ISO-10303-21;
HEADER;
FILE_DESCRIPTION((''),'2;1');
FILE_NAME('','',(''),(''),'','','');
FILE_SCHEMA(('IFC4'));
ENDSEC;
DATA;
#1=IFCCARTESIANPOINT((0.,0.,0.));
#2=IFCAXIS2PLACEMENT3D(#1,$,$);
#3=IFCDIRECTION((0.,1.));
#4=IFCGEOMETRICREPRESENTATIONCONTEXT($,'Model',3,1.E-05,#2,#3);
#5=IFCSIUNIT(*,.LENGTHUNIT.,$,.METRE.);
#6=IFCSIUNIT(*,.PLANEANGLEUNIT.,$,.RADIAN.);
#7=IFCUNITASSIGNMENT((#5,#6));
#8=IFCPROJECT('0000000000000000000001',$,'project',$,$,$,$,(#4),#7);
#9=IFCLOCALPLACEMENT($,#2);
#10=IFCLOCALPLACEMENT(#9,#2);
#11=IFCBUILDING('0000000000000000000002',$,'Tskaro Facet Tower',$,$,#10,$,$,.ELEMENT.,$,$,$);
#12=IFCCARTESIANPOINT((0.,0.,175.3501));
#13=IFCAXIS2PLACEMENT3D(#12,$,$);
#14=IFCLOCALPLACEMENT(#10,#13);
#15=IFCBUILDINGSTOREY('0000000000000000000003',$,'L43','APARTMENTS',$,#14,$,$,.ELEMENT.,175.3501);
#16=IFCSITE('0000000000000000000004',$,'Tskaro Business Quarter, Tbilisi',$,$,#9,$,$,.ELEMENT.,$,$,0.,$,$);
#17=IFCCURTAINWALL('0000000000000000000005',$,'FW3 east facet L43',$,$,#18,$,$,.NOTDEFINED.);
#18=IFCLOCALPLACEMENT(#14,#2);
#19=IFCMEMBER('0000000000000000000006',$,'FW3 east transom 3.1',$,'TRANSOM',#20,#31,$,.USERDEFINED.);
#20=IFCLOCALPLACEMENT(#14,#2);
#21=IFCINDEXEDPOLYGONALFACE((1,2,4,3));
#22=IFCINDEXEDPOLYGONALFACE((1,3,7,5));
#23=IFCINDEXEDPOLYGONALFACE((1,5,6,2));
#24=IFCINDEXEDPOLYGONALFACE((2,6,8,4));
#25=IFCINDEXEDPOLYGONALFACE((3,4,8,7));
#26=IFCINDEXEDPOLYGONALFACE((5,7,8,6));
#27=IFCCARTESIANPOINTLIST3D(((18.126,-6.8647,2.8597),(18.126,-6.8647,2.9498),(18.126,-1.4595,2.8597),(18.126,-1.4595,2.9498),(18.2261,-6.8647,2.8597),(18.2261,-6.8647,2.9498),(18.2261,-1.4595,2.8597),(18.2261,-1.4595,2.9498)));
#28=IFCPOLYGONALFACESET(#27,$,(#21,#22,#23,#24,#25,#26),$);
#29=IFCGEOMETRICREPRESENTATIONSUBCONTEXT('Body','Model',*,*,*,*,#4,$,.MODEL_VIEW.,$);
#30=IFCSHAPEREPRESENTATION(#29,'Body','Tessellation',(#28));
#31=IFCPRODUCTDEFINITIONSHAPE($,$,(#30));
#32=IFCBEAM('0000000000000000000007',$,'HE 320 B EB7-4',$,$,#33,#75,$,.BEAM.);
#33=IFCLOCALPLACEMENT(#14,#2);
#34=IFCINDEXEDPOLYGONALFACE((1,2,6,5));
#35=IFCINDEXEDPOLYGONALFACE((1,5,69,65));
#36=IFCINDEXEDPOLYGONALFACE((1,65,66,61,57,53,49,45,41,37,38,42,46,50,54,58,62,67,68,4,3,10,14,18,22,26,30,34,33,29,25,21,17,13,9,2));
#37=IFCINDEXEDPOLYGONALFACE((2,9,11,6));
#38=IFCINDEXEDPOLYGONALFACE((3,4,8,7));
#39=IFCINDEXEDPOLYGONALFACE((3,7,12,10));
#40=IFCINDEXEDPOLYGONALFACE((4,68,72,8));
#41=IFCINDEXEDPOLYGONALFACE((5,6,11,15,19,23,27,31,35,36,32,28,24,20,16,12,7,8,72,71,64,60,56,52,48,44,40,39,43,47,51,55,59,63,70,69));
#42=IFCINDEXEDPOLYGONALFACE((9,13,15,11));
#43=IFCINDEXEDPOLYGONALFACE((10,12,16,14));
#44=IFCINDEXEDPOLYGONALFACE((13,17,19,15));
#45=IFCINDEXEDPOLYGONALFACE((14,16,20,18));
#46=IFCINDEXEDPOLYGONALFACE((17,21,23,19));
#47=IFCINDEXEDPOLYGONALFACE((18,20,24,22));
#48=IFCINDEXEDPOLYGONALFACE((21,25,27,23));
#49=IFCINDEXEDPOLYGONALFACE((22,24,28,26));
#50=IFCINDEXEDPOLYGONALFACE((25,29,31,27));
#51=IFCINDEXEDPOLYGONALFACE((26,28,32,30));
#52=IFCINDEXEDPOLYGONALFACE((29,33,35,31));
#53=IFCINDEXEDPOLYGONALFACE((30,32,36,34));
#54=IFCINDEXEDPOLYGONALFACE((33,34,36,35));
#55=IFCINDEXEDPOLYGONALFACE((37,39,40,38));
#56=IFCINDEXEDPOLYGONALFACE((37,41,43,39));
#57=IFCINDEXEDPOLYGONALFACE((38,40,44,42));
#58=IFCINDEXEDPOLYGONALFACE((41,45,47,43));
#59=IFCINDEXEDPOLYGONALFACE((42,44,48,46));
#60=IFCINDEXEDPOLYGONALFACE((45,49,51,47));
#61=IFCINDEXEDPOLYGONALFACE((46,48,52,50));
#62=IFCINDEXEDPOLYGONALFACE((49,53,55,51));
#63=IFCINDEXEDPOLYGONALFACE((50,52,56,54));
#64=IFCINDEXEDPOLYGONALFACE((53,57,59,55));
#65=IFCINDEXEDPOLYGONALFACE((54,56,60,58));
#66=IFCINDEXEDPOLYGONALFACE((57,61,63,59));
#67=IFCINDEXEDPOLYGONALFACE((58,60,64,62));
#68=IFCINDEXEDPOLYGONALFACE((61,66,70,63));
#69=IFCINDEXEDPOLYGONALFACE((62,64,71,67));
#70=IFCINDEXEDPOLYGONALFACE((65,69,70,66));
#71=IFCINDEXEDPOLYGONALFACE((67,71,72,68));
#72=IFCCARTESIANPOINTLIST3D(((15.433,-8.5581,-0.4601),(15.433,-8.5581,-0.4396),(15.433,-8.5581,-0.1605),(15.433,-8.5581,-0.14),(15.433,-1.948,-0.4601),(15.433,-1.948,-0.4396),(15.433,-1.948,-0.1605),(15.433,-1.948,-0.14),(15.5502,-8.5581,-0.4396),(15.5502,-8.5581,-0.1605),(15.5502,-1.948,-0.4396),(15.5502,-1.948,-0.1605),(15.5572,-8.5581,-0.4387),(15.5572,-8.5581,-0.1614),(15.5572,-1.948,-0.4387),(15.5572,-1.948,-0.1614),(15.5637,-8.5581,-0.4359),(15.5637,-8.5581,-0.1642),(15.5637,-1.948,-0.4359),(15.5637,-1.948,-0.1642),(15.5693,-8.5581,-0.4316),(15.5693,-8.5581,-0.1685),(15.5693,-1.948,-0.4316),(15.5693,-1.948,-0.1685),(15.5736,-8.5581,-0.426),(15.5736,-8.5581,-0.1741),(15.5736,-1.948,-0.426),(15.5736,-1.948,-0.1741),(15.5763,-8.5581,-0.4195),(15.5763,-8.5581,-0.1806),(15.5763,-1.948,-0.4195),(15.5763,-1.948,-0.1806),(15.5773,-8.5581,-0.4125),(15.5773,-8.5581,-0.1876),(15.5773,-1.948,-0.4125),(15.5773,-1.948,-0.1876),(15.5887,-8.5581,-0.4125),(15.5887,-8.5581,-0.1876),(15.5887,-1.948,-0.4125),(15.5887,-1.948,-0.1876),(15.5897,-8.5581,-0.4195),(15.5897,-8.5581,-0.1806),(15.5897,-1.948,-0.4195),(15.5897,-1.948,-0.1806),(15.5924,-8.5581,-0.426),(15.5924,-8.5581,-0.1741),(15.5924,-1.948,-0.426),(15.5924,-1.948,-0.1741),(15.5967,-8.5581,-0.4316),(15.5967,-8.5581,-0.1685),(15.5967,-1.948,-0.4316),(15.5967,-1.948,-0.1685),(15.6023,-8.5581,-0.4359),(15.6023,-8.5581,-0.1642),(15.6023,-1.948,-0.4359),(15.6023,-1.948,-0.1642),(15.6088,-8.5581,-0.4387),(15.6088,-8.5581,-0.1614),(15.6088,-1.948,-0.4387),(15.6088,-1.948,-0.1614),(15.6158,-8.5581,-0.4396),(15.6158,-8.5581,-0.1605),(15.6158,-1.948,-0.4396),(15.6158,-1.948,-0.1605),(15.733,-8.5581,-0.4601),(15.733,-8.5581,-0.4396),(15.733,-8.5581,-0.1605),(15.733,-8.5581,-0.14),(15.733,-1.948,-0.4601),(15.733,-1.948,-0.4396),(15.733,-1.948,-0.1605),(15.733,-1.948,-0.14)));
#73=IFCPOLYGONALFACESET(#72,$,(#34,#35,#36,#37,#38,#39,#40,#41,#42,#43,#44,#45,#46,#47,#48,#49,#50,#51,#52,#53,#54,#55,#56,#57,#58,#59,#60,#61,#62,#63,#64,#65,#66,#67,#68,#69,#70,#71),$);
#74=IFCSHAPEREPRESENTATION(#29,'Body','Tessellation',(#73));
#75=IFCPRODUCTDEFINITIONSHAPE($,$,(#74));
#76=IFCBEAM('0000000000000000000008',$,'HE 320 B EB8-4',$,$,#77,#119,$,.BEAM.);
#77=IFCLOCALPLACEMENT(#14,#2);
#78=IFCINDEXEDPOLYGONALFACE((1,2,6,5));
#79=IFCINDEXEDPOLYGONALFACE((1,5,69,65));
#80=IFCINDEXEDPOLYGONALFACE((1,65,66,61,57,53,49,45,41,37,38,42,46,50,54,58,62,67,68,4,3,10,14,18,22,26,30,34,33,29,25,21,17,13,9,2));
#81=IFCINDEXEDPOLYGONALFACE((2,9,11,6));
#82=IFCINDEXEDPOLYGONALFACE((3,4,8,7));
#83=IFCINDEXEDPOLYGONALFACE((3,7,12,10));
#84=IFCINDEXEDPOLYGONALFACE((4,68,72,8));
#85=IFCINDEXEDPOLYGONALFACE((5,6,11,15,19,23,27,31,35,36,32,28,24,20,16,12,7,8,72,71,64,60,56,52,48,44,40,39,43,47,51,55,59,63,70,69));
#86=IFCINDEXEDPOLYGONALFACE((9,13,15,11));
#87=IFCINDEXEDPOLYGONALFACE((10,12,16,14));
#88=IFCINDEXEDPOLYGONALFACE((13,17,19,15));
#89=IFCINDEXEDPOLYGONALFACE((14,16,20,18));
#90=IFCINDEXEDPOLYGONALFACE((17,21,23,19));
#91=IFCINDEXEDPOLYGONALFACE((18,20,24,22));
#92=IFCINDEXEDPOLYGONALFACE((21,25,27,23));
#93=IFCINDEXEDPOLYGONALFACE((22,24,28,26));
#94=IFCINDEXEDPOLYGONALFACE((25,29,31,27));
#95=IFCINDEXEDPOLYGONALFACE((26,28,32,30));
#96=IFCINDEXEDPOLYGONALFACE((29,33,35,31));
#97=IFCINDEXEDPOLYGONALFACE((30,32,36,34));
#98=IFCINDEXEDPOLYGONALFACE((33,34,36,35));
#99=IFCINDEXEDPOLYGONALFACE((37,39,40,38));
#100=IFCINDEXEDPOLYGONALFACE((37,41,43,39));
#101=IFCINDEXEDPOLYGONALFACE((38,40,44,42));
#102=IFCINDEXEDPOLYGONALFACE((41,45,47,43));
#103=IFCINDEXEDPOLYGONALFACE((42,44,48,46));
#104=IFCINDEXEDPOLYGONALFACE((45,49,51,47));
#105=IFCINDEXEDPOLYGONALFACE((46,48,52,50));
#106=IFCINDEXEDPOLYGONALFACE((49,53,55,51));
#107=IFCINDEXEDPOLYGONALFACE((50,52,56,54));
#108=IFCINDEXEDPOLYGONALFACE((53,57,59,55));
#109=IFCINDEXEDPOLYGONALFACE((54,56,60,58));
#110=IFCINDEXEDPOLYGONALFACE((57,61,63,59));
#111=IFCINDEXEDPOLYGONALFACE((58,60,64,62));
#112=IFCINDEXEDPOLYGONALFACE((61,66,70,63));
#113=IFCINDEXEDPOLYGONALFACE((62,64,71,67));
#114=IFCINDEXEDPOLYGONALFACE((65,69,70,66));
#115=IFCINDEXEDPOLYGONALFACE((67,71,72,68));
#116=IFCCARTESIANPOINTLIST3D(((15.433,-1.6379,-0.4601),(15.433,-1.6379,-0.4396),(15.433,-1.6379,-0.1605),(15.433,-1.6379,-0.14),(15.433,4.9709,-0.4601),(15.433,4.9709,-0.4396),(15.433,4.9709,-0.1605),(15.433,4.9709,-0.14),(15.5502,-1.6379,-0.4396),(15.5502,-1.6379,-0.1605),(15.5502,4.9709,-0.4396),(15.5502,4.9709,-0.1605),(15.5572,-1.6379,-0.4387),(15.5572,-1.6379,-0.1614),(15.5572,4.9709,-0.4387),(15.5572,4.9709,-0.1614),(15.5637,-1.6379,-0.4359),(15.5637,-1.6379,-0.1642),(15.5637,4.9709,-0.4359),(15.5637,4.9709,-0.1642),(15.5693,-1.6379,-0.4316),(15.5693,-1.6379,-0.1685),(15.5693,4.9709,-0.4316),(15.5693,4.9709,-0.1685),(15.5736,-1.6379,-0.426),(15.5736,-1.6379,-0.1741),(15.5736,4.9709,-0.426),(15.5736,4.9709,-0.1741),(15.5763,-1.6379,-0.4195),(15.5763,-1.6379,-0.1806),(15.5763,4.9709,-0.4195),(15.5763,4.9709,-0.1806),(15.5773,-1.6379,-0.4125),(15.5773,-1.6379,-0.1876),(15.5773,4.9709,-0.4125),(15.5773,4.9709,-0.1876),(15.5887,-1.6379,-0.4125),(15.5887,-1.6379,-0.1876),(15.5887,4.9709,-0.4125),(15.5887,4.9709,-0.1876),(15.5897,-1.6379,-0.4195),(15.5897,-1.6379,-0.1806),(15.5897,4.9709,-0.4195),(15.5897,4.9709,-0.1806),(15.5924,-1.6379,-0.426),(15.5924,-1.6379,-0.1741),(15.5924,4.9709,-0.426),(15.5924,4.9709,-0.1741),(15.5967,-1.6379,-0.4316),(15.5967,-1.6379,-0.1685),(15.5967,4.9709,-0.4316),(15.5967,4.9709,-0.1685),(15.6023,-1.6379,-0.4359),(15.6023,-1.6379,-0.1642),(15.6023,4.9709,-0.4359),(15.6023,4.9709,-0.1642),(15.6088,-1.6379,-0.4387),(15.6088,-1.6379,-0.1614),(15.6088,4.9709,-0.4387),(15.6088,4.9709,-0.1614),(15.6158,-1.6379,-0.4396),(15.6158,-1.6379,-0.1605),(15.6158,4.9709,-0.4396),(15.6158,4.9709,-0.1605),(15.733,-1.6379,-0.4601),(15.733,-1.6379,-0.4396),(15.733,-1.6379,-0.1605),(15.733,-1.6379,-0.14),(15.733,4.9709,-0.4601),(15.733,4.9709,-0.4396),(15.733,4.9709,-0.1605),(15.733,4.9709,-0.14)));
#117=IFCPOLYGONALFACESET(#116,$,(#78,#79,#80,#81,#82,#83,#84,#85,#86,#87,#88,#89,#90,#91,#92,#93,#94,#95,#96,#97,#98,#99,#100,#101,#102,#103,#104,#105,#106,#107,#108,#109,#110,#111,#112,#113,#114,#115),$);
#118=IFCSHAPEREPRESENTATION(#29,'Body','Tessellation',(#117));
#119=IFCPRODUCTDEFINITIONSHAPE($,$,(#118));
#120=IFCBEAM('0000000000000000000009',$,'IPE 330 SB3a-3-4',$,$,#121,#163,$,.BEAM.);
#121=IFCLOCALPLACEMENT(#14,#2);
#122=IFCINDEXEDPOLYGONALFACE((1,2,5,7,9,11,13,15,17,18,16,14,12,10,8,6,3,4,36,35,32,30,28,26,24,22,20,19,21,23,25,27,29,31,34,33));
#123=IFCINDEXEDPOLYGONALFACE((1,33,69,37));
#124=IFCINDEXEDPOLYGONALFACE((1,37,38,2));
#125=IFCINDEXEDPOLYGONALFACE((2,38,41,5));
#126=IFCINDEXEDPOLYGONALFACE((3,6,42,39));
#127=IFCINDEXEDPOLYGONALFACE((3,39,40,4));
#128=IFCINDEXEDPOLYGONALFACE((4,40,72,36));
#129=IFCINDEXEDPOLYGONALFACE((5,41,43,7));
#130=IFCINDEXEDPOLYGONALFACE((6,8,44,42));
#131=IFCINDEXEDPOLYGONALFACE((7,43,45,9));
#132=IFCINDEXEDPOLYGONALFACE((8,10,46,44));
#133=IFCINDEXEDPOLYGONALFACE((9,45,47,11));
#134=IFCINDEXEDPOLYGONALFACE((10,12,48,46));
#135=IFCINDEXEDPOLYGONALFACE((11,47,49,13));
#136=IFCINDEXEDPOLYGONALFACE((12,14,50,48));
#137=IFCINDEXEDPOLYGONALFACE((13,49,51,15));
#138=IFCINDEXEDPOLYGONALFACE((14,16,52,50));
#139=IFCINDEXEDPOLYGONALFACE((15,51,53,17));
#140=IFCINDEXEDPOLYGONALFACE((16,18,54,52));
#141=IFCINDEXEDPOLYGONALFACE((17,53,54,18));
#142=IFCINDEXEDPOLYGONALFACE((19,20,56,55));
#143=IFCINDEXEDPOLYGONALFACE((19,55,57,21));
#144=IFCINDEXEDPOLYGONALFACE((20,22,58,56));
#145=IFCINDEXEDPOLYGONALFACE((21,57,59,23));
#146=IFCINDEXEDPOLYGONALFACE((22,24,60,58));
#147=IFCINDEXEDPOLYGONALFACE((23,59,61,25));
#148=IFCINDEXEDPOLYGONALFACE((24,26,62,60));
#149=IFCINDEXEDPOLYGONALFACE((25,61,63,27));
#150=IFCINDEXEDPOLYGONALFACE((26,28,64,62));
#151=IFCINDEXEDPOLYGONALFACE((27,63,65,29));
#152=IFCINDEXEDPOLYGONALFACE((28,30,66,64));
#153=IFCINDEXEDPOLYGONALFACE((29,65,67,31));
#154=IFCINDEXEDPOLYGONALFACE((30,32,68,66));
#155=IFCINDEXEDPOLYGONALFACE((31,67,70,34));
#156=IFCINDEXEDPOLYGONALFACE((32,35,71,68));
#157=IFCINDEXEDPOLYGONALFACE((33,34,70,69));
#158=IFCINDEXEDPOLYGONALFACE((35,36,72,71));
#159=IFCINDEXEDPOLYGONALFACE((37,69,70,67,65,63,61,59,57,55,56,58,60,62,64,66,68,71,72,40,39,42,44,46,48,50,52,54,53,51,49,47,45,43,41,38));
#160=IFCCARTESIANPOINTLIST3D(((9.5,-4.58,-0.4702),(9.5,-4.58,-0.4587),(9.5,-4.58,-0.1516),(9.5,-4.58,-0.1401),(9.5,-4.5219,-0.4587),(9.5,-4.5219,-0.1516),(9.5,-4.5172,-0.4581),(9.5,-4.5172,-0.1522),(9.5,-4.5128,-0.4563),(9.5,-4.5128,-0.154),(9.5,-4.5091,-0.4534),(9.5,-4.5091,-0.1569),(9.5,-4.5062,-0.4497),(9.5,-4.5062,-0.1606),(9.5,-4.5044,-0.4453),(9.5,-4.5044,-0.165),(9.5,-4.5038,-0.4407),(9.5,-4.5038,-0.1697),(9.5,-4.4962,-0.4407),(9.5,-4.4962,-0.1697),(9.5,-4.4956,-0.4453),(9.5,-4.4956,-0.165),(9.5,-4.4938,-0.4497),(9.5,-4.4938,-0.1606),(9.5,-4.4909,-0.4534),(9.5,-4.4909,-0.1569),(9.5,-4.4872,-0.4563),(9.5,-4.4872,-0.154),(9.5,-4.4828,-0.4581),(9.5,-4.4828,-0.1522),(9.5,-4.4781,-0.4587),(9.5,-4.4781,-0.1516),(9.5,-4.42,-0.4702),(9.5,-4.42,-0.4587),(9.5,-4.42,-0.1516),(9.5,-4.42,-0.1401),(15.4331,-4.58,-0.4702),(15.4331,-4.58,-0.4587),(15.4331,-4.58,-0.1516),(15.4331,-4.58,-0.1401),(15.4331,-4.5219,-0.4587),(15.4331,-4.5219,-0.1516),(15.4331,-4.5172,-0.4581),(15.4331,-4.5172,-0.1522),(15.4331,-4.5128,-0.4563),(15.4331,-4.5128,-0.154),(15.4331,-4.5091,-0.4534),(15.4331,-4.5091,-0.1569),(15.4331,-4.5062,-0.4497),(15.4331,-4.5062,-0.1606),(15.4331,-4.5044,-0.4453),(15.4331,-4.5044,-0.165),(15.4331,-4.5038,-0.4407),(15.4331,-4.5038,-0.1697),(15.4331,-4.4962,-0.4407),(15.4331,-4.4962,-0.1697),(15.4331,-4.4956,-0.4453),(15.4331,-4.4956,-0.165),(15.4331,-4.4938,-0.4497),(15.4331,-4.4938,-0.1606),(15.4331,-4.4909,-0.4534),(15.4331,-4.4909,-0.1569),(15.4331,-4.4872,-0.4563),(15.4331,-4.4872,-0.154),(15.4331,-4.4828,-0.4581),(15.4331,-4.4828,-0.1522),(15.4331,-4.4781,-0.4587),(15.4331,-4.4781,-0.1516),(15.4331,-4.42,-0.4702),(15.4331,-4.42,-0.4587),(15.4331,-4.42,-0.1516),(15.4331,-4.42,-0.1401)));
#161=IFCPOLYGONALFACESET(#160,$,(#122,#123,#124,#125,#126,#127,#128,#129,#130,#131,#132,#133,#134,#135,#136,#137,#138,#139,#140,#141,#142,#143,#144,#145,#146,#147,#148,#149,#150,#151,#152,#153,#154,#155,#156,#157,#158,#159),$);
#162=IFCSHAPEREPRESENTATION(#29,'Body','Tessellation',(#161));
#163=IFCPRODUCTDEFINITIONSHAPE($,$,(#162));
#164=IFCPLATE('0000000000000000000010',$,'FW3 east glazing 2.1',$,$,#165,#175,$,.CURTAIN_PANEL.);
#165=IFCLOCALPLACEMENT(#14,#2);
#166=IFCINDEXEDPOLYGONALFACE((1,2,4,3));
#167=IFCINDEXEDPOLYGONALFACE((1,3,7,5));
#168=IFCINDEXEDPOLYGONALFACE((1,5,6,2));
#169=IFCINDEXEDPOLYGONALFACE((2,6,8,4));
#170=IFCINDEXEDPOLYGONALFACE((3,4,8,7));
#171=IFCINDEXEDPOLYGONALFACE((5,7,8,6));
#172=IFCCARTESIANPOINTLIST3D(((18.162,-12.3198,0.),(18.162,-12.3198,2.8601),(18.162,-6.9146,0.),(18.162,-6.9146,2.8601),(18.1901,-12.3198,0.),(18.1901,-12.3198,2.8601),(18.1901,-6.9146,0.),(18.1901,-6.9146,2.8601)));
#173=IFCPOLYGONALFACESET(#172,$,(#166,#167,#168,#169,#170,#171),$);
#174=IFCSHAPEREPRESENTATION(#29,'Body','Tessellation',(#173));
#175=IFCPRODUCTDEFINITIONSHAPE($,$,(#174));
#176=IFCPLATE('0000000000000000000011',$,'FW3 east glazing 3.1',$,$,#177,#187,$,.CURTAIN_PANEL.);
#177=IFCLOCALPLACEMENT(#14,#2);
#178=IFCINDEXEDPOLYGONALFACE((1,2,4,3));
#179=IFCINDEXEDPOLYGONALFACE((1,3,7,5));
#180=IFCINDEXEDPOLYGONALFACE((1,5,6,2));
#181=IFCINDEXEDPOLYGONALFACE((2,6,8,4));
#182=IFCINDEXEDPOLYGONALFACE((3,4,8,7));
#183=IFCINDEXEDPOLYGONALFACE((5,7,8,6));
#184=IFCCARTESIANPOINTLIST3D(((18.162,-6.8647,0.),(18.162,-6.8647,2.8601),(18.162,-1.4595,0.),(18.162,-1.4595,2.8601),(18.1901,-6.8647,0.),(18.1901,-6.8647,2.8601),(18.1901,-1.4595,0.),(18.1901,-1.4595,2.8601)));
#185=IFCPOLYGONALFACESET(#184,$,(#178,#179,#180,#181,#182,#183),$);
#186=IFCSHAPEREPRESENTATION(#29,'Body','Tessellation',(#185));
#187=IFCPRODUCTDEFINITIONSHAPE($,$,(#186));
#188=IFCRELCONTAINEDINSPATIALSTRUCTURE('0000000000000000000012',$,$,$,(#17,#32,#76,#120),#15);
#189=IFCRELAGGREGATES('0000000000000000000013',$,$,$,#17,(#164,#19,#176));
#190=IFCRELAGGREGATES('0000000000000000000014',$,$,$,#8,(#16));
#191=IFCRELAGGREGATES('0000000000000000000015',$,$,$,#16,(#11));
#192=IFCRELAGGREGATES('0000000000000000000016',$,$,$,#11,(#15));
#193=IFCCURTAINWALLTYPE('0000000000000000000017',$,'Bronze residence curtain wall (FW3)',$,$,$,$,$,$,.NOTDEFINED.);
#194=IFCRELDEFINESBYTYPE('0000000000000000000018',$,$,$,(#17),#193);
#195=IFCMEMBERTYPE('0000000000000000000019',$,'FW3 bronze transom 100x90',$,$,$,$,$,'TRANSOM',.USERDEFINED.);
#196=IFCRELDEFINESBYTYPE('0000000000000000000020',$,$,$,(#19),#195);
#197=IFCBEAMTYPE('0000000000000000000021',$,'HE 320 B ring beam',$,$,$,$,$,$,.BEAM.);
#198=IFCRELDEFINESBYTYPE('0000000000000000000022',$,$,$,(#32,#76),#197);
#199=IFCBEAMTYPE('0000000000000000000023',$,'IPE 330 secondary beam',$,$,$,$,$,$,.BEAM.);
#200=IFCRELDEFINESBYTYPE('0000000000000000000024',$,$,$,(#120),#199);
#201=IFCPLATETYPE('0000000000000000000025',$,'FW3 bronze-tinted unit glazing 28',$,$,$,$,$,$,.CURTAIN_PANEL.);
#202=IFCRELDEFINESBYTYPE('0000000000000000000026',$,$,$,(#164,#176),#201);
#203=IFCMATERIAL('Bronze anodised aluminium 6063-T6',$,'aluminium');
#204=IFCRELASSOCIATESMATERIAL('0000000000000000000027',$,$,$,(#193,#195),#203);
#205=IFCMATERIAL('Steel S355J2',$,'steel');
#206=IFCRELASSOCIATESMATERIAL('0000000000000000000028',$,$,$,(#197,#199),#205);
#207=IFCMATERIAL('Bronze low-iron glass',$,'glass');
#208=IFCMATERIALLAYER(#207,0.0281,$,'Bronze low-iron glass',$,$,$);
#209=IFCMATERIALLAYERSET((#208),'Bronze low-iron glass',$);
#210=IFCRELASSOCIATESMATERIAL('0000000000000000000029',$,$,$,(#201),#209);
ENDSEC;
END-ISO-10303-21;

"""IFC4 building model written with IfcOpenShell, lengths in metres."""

from ifc_helpers import new_model, si_unit, direction, frame, origin, origin_2d, place, context, subcontext, project, spatial, rectangle, i_section, extrude, material, layer, layer_set, material_profile, profile_set, type_object, element, aggregate, save


model = new_model("IFC4")

# Units and contexts
model_context = context("Model", 3, precision=1e-05, world=origin(), true_north=direction((0.0, 1.0)))
body_context = subcontext(model_context, "Body", "Model", "MODEL_VIEW")
ifc_project = project(units=[si_unit("LENGTHUNIT", "METRE"), si_unit("PLANEANGLEUNIT", "RADIAN")], contexts=[model_context])

# Site, building, storey
site_placement = place(None, origin())
site = spatial("IfcSite", under=ifc_project, at=site_placement, Name="Tskaro Business Quarter, Tbilisi", CompositionType="ELEMENT", RefElevation=0.0)
building_placement = place(site_placement, origin())
building = spatial("IfcBuilding", under=site, at=building_placement, Name="Tskaro Facet Tower", CompositionType="ELEMENT")
storey_placement = place(building_placement, frame((0.0, 0.0, 175.3501)))
storey = spatial("IfcBuildingStorey", under=building, at=storey_placement, Name="L43", Description="APARTMENTS", CompositionType="ELEMENT", Elevation=175.3501)

# Curtain wall, member
ifc_material_1 = material(Name="Bronze anodised aluminium 6063-T6", Category="aluminium")
curtain_wall_type = type_object("IfcCurtainWallType", Name="Bronze residence curtain wall (FW3)", PredefinedType="NOTDEFINED", material=ifc_material_1)
curtain_wall_placement = place(storey_placement, origin())
curtain_wall = element("IfcCurtainWall", 1, at=curtain_wall_placement, inside=storey, type_object=curtain_wall_type, Name="FW3 east facet L43", PredefinedType="NOTDEFINED")
ifc_material_profile_1 = material_profile(ifc_material_1, rectangle(XDim=0.1001, YDim=0.0901, at=origin_2d()), Name="Transom 100x90")
ifc_profile_set_1 = profile_set([ifc_material_profile_1], Name="Bronze anodised aluminium 6063-T6")
member_type_1 = type_object("IfcMemberType", Name="FW3 bronze transom 100x90", ElementType="TRANSOM", PredefinedType="USERDEFINED", material=ifc_profile_set_1)
member_1_placement = place(storey_placement, frame((18.176, -6.8647, 2.9048), z_axis=(0.0, 1.0, 0.0), x_axis=(-1.0, 0.0, 0.0)))
member_1 = element("IfcMember", 2, at=member_1_placement, type_object=member_type_1, Name="FW3 east transom 3.1", ObjectType="TRANSOM", PredefinedType="USERDEFINED", context=body_context, shape_type="SweptSolid", body=[
    extrude(rectangle(XDim=0.1001, YDim=0.0901, at=origin_2d()), origin(), (0.0, 0.0, 1.0), 5.4053),
])

# Beams
ifc_material_2 = material(Name="Steel S355J2", Category="steel")
ifc_material_profile_2 = material_profile(ifc_material_2, i_section(OverallWidth=0.3, OverallDepth=0.3201, WebThickness=0.0115, FlangeThickness=0.0205, FilletRadius=0.0271, at=origin_2d()), Name="HE 320 B")
ifc_profile_set_2 = profile_set([ifc_material_profile_2], Name="Steel S355J2")
beam_type_1 = type_object("IfcBeamType", Name="HE 320 B ring beam", PredefinedType="BEAM", material=ifc_profile_set_2)
beam_1_placement = place(storey_placement, frame((15.583, -8.5581, -0.3), z_axis=(0.0, 1.0, 0.0), x_axis=(-1.0, 0.0, 0.0)))
element("IfcBeam", 3, at=beam_1_placement, inside=storey, type_object=beam_type_1, Name="HE 320 B EB7-4", PredefinedType="BEAM", context=body_context, shape_type="SweptSolid", body=[
    extrude(i_section(OverallWidth=0.3, OverallDepth=0.3201, WebThickness=0.0115, FlangeThickness=0.0205, FilletRadius=0.0271, at=origin_2d()), origin(), (0.0, 0.0, 1.0), 6.6101),
])
beam_2_placement = place(storey_placement, frame((15.583, -1.6379, -0.3), z_axis=(0.0, 1.0, 0.0), x_axis=(-1.0, 0.0, 0.0)))
element("IfcBeam", 4, at=beam_2_placement, inside=storey, type_object=beam_type_1, Name="HE 320 B EB8-4", PredefinedType="BEAM", context=body_context, shape_type="SweptSolid", body=[
    extrude(i_section(OverallWidth=0.3, OverallDepth=0.3201, WebThickness=0.0115, FlangeThickness=0.0205, FilletRadius=0.0271, at=origin_2d()), origin(), (0.0, 0.0, 1.0), 6.6089),
])
ifc_material_profile_3 = material_profile(ifc_material_2, i_section(OverallWidth=0.1599, OverallDepth=0.3301, WebThickness=0.0076, FlangeThickness=0.0115, FilletRadius=0.0181, at=origin_2d()), Name="IPE 330")
ifc_profile_set_3 = profile_set([ifc_material_profile_3], Name="Steel S355J2")
beam_type_2 = type_object("IfcBeamType", Name="IPE 330 secondary beam", PredefinedType="BEAM", material=ifc_profile_set_3)
beam_3_placement = place(storey_placement, frame((9.5, -4.5, -0.3052), z_axis=(1.0, 0.0, 0.0), x_axis=(0.0, 1.0, 0.0)))
element("IfcBeam", 5, at=beam_3_placement, inside=storey, type_object=beam_type_2, Name="IPE 330 SB3a-3-4", PredefinedType="BEAM", context=body_context, shape_type="SweptSolid", body=[
    extrude(i_section(OverallWidth=0.1599, OverallDepth=0.3301, WebThickness=0.0076, FlangeThickness=0.0115, FilletRadius=0.0181, at=origin_2d()), origin(), (0.0, 0.0, 1.0), 5.9331),
])

# Plates
ifc_material_3 = material(Name="Bronze low-iron glass", Category="glass")
ifc_layer_1 = layer(ifc_material_3, 0.0281, Name="Bronze low-iron glass")
ifc_layer_set_1 = layer_set([ifc_layer_1], Name="Bronze low-iron glass")
plate_type = type_object("IfcPlateType", Name="FW3 bronze-tinted unit glazing 28", PredefinedType="CURTAIN_PANEL", material=ifc_layer_set_1)
plate_1_placement = place(storey_placement, frame((18.176, -9.6172, 0.0), z_axis=(0.0, 0.0, 1.0), x_axis=(0.0, 1.0, 0.0)))
plate_1 = element("IfcPlate", 6, at=plate_1_placement, type_object=plate_type, Name="FW3 east glazing 2.1", PredefinedType="CURTAIN_PANEL", context=body_context, shape_type="SweptSolid", body=[
    extrude(rectangle(XDim=5.4053, YDim=0.0281, at=origin_2d()), origin(), (0.0, 0.0, 1.0), 2.8601),
])
plate_2_placement = place(storey_placement, frame((18.176, -4.1621, 0.0), z_axis=(0.0, 0.0, 1.0), x_axis=(0.0, 1.0, 0.0)))
plate_2 = element("IfcPlate", 7, at=plate_2_placement, type_object=plate_type, Name="FW3 east glazing 3.1", PredefinedType="CURTAIN_PANEL", context=body_context, shape_type="SweptSolid", body=[
    extrude(rectangle(XDim=5.4053, YDim=0.0281, at=origin_2d()), origin(), (0.0, 0.0, 1.0), 2.8601),
])
aggregate(curtain_wall, [plate_1, member_1, plate_2])

save(model, "model.ifc")
